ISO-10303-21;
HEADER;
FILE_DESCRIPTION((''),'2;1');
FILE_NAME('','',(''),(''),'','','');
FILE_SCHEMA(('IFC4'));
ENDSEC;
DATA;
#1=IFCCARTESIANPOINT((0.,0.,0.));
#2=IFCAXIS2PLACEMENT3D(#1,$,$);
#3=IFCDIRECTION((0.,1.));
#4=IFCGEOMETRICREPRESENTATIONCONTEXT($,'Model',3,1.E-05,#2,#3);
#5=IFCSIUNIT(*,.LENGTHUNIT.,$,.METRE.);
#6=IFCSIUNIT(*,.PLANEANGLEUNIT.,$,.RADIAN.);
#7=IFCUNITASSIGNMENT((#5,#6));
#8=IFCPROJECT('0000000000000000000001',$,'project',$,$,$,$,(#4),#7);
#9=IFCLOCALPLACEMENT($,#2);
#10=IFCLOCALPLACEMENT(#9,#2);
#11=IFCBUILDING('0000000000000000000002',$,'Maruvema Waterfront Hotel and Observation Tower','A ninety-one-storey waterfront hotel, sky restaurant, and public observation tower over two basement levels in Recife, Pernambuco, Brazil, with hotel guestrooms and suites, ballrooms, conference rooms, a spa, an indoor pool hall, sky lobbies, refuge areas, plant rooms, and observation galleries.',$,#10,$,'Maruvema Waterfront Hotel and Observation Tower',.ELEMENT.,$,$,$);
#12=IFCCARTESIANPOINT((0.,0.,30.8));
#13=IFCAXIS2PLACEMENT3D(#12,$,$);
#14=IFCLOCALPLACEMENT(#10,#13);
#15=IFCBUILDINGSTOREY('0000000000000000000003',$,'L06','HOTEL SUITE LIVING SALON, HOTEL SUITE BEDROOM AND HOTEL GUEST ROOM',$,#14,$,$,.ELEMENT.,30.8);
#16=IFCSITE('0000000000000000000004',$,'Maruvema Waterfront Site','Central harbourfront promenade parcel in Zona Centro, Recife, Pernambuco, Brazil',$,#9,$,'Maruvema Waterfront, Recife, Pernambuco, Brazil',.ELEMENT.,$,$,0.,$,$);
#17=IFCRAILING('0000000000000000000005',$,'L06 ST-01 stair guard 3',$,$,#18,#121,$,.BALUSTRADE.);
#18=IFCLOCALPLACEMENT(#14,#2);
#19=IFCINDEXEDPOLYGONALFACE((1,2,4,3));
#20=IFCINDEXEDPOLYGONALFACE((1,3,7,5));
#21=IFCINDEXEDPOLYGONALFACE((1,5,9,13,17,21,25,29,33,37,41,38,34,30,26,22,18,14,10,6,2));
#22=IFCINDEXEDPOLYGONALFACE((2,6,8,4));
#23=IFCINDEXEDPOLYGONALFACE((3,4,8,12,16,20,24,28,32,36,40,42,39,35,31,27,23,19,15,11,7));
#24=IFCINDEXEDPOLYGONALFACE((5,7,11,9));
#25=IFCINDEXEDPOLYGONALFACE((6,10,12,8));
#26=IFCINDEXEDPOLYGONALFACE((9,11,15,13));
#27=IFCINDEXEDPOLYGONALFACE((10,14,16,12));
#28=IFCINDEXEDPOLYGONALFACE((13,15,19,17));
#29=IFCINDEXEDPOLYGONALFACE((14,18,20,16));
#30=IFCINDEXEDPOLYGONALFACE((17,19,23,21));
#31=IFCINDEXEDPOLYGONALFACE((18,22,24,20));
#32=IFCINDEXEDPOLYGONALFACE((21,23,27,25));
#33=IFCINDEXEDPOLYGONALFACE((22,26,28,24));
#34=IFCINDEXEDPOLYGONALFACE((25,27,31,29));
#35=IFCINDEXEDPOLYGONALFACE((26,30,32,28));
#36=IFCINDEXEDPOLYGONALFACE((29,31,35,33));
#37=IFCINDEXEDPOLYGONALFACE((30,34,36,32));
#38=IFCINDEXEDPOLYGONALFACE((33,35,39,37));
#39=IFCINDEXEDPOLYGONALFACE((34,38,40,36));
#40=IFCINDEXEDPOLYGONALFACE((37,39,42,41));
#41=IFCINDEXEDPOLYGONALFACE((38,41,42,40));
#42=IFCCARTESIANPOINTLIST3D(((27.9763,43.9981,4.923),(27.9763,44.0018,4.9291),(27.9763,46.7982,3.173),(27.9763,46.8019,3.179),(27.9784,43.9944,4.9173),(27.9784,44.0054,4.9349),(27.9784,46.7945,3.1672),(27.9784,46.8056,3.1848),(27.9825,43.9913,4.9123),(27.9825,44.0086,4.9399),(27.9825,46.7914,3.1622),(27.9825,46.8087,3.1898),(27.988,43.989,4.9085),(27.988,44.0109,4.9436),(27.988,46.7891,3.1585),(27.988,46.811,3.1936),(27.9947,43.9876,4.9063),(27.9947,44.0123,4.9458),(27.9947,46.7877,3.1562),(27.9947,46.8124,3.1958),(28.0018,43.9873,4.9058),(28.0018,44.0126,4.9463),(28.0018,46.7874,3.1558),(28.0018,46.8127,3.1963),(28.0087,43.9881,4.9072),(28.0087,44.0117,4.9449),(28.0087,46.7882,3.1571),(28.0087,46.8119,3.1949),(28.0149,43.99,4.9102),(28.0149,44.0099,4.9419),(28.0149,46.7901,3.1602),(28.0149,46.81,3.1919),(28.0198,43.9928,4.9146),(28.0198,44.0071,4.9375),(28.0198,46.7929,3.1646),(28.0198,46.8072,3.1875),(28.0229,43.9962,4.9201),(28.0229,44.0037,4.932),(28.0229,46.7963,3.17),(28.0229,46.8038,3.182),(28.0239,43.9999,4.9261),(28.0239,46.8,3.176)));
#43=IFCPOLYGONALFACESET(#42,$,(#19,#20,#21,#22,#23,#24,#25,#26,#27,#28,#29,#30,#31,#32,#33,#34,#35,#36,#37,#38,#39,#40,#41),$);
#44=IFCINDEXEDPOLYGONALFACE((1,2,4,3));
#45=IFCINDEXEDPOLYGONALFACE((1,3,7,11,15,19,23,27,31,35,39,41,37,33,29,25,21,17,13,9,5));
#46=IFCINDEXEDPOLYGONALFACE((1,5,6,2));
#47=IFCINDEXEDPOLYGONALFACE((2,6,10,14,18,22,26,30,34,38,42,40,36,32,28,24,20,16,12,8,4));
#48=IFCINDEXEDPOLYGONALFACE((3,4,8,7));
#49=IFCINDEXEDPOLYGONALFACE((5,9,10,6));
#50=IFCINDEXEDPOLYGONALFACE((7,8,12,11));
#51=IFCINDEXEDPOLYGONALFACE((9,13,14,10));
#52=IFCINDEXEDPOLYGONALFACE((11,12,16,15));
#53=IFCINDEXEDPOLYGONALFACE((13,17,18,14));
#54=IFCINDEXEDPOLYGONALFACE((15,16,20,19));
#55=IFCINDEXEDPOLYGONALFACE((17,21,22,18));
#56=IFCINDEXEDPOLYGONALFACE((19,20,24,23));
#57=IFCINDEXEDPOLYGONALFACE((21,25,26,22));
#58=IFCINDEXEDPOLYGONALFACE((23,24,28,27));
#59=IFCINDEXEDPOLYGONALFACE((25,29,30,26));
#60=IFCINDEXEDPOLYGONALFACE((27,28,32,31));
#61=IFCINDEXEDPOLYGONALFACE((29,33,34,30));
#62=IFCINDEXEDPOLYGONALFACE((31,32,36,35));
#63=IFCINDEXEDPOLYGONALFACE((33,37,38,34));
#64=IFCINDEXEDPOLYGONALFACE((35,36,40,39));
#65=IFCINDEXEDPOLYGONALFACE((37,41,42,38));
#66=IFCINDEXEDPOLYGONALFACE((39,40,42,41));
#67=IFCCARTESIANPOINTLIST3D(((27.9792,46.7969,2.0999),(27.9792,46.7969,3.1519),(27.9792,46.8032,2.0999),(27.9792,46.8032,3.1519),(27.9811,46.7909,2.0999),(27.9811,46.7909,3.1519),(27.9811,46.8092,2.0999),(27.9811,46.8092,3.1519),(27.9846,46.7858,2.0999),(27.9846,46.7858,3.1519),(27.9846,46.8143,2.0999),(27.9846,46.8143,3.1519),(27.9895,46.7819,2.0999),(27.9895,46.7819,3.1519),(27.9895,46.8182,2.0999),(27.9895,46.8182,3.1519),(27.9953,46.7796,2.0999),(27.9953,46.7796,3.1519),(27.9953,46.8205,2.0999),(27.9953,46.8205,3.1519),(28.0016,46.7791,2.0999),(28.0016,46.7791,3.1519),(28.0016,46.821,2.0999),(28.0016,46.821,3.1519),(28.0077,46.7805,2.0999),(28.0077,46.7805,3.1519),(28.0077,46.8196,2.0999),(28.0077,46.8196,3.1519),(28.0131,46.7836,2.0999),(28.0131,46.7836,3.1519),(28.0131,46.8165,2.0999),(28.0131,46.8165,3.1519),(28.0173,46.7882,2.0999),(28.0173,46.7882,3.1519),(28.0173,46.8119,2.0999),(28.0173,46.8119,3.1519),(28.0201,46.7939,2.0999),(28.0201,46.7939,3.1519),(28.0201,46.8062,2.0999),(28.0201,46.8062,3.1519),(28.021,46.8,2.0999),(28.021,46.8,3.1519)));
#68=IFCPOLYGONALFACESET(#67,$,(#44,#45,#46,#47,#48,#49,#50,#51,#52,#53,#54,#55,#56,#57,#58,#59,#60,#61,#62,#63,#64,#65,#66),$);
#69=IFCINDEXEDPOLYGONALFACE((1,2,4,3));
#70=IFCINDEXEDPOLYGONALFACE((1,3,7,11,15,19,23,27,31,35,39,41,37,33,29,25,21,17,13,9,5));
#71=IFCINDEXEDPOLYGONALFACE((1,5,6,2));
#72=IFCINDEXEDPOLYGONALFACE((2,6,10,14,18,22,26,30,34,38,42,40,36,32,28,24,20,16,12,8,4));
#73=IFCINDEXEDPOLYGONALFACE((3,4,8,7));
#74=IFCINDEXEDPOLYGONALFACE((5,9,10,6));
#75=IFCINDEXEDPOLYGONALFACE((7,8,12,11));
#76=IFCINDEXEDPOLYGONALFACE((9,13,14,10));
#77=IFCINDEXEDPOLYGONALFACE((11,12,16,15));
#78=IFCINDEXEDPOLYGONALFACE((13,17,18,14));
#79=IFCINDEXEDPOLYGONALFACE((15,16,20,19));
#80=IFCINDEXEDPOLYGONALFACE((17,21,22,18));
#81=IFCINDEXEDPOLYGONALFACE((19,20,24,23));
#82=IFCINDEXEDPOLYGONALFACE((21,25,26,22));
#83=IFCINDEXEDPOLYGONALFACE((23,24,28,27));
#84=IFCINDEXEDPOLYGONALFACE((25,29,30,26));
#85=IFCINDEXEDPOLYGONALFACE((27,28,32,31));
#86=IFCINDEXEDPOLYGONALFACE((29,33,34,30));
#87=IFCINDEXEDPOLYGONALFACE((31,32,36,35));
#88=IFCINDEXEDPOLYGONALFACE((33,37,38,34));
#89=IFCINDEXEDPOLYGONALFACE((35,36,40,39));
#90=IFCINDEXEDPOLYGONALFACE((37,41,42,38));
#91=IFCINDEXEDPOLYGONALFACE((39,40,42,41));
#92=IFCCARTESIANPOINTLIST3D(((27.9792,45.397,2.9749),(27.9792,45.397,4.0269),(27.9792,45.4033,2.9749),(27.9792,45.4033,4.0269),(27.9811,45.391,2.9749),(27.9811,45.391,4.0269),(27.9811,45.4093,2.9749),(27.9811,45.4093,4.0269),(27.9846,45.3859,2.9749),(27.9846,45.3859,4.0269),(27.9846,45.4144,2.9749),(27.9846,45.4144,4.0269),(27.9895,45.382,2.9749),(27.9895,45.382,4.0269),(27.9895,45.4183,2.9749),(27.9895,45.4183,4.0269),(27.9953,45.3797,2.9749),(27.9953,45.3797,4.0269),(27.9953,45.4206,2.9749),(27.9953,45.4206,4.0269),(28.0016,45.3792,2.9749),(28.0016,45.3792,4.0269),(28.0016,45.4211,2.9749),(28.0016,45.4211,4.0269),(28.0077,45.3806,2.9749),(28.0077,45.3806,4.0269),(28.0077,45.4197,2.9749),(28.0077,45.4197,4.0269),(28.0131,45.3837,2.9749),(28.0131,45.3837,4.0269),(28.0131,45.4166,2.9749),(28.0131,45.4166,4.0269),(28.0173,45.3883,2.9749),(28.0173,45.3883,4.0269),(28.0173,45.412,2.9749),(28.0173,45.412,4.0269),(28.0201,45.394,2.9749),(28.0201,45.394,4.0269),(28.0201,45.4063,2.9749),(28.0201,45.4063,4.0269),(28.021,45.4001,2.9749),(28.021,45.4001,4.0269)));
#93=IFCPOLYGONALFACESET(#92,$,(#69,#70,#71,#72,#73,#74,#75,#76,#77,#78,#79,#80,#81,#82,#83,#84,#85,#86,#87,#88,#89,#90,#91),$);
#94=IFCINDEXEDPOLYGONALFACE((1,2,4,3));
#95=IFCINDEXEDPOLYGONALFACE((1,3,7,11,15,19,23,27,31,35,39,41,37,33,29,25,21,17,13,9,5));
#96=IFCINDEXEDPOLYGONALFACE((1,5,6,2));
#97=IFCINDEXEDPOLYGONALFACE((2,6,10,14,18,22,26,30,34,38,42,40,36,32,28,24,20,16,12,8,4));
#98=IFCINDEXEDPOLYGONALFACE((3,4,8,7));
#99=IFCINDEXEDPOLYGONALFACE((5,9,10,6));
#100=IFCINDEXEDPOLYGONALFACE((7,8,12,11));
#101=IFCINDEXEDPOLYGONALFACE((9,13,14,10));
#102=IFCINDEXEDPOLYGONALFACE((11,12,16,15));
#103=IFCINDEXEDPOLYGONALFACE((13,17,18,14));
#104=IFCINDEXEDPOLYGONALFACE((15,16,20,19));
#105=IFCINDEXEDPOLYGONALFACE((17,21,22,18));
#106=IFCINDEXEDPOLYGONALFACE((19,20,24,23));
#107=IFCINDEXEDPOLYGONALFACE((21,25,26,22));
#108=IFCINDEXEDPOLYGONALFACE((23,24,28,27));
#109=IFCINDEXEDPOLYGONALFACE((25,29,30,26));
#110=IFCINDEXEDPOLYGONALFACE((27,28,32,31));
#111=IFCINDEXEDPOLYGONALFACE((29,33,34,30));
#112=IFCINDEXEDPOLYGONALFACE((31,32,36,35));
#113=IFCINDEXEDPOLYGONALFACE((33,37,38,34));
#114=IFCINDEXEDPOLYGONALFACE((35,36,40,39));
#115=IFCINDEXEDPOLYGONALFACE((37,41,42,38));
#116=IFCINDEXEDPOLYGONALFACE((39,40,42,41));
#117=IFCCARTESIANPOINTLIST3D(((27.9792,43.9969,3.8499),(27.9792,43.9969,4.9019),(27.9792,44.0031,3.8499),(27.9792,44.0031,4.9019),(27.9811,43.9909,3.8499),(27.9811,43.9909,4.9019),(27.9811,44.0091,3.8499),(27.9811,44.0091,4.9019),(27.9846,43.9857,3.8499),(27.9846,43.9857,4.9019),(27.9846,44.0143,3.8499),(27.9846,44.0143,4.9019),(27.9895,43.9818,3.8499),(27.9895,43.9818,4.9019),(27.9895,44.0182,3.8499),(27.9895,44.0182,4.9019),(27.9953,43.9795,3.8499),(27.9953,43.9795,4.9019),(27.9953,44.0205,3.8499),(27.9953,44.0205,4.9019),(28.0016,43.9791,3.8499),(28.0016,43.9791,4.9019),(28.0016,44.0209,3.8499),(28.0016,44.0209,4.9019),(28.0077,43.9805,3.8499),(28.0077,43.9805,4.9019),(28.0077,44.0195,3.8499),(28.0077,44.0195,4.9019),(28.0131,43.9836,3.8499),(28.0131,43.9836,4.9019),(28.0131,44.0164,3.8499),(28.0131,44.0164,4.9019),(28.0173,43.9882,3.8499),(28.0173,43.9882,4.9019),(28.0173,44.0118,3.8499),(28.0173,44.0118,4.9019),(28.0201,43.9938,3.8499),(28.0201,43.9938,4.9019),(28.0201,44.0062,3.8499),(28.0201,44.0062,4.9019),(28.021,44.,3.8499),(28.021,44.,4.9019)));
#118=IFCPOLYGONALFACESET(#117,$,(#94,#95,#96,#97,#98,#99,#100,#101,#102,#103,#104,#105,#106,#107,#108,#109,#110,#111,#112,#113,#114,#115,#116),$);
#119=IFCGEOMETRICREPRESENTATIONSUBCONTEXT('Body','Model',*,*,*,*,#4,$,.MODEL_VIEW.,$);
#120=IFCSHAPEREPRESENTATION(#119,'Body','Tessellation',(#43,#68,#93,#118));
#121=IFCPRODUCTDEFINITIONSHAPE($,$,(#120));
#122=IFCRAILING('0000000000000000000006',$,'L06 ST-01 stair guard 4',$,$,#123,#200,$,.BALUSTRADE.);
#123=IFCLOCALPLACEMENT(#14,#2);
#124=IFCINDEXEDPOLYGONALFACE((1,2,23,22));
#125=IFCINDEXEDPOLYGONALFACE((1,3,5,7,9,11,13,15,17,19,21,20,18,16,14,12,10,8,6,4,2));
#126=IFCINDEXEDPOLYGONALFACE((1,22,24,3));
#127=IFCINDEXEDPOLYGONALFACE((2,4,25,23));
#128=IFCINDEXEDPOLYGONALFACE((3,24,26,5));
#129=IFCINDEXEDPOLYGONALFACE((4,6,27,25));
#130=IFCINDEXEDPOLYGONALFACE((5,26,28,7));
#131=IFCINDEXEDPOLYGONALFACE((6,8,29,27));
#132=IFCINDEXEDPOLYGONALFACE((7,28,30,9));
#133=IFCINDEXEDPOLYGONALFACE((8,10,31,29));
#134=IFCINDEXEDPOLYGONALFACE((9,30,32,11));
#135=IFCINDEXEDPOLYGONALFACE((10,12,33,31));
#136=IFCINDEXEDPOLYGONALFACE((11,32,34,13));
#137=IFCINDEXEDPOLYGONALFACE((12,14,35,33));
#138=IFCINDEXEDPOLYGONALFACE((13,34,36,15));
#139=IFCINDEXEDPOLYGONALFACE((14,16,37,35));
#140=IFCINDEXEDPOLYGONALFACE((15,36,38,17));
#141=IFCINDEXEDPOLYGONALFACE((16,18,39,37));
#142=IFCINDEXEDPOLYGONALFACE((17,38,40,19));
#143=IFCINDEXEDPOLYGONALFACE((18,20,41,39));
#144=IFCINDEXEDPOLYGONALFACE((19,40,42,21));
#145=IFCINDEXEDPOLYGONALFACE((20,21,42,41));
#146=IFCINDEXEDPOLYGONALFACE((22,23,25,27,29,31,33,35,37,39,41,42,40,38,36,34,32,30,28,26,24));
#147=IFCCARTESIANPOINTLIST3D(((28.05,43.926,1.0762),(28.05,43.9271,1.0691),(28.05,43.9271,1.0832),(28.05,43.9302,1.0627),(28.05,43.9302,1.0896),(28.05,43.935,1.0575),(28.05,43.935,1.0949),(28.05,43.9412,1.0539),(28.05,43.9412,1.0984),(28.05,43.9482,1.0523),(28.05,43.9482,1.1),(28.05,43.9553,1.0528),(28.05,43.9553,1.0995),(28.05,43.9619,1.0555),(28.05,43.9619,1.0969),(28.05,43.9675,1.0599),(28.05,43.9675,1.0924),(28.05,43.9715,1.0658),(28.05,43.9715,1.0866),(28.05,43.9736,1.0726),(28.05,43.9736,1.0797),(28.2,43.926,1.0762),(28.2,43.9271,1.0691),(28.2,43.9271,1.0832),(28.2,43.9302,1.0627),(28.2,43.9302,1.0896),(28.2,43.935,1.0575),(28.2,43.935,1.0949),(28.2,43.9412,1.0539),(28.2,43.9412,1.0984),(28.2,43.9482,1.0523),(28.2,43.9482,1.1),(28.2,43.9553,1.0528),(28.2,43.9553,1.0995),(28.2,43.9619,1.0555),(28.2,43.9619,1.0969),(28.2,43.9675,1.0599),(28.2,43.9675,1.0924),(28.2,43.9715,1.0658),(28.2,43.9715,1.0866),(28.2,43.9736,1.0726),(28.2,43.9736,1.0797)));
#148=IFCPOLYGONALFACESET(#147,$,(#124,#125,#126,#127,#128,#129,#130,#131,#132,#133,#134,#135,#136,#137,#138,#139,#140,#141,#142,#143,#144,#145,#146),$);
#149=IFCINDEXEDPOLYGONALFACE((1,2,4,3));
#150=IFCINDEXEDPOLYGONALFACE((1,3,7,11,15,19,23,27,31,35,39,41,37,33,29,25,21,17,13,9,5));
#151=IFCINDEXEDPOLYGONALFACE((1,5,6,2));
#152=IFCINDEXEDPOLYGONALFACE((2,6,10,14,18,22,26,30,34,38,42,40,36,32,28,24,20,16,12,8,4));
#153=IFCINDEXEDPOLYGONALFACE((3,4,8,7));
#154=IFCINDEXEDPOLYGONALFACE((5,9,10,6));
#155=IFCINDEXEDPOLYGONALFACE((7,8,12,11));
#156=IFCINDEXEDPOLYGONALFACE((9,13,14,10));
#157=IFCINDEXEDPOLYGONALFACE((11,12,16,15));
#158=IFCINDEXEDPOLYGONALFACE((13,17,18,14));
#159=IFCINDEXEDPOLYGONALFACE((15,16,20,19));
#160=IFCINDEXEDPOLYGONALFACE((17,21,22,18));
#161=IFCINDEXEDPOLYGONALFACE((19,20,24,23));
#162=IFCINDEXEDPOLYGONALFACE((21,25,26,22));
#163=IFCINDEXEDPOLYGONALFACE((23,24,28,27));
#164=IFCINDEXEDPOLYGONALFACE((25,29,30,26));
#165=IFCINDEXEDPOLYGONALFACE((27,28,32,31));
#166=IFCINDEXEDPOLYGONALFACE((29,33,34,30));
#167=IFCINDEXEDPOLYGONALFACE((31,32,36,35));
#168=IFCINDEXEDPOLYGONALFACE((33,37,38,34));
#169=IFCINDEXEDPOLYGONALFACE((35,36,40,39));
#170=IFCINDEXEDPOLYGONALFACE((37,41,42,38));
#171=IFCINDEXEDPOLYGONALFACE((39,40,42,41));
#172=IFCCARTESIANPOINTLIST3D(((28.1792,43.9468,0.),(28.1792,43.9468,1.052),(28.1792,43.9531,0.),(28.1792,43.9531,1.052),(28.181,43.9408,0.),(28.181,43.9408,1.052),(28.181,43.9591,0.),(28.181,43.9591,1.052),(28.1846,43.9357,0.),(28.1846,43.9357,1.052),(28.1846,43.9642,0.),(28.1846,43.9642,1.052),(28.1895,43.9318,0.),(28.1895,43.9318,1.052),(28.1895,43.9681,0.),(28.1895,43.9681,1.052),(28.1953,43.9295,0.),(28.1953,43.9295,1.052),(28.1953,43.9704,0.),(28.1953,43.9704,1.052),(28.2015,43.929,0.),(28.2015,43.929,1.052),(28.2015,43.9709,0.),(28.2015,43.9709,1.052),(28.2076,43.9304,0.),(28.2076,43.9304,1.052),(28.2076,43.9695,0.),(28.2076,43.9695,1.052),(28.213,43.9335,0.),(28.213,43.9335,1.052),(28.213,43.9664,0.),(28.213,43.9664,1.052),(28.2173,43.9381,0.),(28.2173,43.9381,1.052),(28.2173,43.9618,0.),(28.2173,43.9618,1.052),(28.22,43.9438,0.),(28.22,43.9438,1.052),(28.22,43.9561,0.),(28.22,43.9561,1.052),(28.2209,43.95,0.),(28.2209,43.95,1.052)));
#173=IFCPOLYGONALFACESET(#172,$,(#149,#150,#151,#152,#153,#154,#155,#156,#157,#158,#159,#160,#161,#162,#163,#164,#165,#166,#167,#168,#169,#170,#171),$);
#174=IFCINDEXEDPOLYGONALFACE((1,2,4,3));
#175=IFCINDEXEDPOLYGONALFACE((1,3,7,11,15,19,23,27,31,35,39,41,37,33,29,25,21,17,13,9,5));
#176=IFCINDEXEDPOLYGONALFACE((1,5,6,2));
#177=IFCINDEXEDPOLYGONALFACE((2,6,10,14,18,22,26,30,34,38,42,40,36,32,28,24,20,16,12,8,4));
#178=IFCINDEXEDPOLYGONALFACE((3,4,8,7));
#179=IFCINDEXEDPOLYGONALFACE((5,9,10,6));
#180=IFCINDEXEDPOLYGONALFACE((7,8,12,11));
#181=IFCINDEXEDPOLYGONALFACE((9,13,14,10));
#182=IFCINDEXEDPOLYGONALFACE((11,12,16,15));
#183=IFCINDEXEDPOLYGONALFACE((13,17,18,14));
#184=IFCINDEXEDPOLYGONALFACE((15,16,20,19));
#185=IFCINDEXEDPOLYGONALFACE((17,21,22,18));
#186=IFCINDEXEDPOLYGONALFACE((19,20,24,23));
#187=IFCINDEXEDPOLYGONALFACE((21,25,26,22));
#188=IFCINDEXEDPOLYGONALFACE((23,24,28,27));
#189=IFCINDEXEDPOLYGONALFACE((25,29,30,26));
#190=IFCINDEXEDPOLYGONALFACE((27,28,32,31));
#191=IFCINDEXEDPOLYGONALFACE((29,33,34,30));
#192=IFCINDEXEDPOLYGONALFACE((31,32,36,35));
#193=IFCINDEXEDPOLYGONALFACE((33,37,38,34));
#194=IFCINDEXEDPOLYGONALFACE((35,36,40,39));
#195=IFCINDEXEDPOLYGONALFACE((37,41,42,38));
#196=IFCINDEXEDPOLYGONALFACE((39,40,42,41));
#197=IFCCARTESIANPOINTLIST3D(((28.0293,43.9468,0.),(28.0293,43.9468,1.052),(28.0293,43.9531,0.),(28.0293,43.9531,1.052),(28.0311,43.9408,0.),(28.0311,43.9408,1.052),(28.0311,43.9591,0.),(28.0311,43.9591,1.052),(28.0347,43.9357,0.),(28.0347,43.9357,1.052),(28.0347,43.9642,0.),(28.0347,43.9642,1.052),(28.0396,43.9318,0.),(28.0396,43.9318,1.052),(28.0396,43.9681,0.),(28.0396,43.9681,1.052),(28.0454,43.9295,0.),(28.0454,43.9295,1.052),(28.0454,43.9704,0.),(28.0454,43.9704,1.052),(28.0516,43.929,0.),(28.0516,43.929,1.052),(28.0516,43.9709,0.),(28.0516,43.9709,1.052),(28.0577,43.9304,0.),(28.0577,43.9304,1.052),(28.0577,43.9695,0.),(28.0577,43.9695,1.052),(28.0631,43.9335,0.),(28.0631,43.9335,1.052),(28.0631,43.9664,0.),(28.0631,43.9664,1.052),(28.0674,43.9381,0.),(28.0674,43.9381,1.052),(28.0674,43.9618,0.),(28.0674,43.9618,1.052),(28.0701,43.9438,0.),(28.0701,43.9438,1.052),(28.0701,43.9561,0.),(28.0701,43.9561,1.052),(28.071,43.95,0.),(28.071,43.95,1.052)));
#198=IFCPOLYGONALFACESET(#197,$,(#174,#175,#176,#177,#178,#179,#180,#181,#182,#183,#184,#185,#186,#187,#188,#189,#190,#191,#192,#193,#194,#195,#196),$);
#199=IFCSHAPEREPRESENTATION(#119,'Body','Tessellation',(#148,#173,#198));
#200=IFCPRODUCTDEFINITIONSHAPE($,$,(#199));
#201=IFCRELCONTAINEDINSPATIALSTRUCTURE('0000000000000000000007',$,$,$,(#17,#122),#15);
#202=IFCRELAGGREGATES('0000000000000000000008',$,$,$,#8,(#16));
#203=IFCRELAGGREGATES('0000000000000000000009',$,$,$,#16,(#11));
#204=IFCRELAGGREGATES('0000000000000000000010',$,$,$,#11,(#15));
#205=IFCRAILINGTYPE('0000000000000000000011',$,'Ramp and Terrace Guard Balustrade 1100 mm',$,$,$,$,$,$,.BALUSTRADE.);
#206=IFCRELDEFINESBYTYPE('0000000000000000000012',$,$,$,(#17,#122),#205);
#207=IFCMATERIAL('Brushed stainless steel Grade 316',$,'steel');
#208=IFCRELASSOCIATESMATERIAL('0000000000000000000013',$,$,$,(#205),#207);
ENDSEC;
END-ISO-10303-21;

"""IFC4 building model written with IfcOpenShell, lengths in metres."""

from ifc_helpers import new_model, si_unit, direction, frame, origin, origin_2d, place, context, subcontext, project, spatial, circle, extrude, material, type_object, element, save


model = new_model("IFC4")

# Units and contexts
model_context = context("Model", 3, precision=1e-05, world=origin(), true_north=direction((0.0, 1.0)))
body_context = subcontext(model_context, "Body", "Model", "MODEL_VIEW")
ifc_project = project(units=[si_unit("LENGTHUNIT", "METRE"), si_unit("PLANEANGLEUNIT", "RADIAN")], contexts=[model_context])

# Site, building, storey
site_placement = place(None, origin())
site = spatial("IfcSite", under=ifc_project, at=site_placement, Name="Maruvema Waterfront Site", Description="Central harbourfront promenade parcel in Zona Centro, Recife, Pernambuco, Brazil", LongName="Maruvema Waterfront, Recife, Pernambuco, Brazil", CompositionType="ELEMENT", RefElevation=0.0)
building_placement = place(site_placement, origin())
building = spatial("IfcBuilding", under=site, at=building_placement, Name="Maruvema Waterfront Hotel and Observation Tower", Description="A ninety-one-storey waterfront hotel, sky restaurant, and public observation tower over two basement levels in Recife, Pernambuco, Brazil, with hotel guestrooms and suites, ballrooms, conference rooms, a spa, an indoor pool hall, sky lobbies, refuge areas, plant rooms, and observation galleries.", LongName="Maruvema Waterfront Hotel and Observation Tower", CompositionType="ELEMENT")
storey_placement = place(building_placement, frame((0.0, 0.0, 30.8)))
storey = spatial("IfcBuildingStorey", under=building, at=storey_placement, Name="L06", Description="HOTEL SUITE LIVING SALON, HOTEL SUITE BEDROOM AND HOTEL GUEST ROOM", CompositionType="ELEMENT", Elevation=30.8)

# Railings
ifc_material_1 = material(Name="Brushed stainless steel Grade 316", Category="steel")
railing_type_1 = type_object("IfcRailingType", Name="Ramp and Terrace Guard Balustrade 1100 mm", PredefinedType="BALUSTRADE", material=ifc_material_1)
railing_1_placement = place(storey_placement, frame((28.0, 46.8, 2.0999)))
element("IfcRailing", 1, at=railing_1_placement, inside=storey, type_object=railing_type_1, Name="L06 ST-01 stair guard 3", PredefinedType="BALUSTRADE", context=body_context, shape_type="SweptSolid", body=[
    extrude(circle(Radius=0.0239, at=origin_2d()), frame((0.0, 0.0, 1.0762), z_axis=(0.0, -0.848002, 0.529992), x_axis=(1.0, 0.0, 0.0)), (0.0, 0.0, 1.0), 3.302),
    extrude(circle(Radius=0.021, at=origin_2d()), origin(), (0.0, 0.0, 1.0), 1.052),
    extrude(circle(Radius=0.021, at=origin_2d()), frame((0.0, -1.3999, 0.875)), (0.0, 0.0, 1.0), 1.052),
    extrude(circle(Radius=0.021, at=origin_2d()), frame((0.0, -2.8, 1.75)), (0.0, 0.0, 1.0), 1.052),
])
railing_2_placement = place(storey_placement, frame((28.2, 43.95, 0.0)))
element("IfcRailing", 2, at=railing_2_placement, inside=storey, type_object=railing_type_1, Name="L06 ST-01 stair guard 4", PredefinedType="BALUSTRADE", context=body_context, shape_type="SweptSolid", body=[
    extrude(circle(Radius=0.0239, at=origin_2d()), frame((0.0, 0.0, 1.0762), z_axis=(-1.0, 0.0, 0.0), x_axis=(0.0, -1.0, 0.0)), (0.0, 0.0, 1.0), 0.1499),
    extrude(circle(Radius=0.021, at=origin_2d()), origin(), (0.0, 0.0, 1.0), 1.052),
    extrude(circle(Radius=0.021, at=origin_2d()), frame((-0.1499, 0.0, 0.0)), (0.0, 0.0, 1.0), 1.052),
])

save(model, "model.ifc")
